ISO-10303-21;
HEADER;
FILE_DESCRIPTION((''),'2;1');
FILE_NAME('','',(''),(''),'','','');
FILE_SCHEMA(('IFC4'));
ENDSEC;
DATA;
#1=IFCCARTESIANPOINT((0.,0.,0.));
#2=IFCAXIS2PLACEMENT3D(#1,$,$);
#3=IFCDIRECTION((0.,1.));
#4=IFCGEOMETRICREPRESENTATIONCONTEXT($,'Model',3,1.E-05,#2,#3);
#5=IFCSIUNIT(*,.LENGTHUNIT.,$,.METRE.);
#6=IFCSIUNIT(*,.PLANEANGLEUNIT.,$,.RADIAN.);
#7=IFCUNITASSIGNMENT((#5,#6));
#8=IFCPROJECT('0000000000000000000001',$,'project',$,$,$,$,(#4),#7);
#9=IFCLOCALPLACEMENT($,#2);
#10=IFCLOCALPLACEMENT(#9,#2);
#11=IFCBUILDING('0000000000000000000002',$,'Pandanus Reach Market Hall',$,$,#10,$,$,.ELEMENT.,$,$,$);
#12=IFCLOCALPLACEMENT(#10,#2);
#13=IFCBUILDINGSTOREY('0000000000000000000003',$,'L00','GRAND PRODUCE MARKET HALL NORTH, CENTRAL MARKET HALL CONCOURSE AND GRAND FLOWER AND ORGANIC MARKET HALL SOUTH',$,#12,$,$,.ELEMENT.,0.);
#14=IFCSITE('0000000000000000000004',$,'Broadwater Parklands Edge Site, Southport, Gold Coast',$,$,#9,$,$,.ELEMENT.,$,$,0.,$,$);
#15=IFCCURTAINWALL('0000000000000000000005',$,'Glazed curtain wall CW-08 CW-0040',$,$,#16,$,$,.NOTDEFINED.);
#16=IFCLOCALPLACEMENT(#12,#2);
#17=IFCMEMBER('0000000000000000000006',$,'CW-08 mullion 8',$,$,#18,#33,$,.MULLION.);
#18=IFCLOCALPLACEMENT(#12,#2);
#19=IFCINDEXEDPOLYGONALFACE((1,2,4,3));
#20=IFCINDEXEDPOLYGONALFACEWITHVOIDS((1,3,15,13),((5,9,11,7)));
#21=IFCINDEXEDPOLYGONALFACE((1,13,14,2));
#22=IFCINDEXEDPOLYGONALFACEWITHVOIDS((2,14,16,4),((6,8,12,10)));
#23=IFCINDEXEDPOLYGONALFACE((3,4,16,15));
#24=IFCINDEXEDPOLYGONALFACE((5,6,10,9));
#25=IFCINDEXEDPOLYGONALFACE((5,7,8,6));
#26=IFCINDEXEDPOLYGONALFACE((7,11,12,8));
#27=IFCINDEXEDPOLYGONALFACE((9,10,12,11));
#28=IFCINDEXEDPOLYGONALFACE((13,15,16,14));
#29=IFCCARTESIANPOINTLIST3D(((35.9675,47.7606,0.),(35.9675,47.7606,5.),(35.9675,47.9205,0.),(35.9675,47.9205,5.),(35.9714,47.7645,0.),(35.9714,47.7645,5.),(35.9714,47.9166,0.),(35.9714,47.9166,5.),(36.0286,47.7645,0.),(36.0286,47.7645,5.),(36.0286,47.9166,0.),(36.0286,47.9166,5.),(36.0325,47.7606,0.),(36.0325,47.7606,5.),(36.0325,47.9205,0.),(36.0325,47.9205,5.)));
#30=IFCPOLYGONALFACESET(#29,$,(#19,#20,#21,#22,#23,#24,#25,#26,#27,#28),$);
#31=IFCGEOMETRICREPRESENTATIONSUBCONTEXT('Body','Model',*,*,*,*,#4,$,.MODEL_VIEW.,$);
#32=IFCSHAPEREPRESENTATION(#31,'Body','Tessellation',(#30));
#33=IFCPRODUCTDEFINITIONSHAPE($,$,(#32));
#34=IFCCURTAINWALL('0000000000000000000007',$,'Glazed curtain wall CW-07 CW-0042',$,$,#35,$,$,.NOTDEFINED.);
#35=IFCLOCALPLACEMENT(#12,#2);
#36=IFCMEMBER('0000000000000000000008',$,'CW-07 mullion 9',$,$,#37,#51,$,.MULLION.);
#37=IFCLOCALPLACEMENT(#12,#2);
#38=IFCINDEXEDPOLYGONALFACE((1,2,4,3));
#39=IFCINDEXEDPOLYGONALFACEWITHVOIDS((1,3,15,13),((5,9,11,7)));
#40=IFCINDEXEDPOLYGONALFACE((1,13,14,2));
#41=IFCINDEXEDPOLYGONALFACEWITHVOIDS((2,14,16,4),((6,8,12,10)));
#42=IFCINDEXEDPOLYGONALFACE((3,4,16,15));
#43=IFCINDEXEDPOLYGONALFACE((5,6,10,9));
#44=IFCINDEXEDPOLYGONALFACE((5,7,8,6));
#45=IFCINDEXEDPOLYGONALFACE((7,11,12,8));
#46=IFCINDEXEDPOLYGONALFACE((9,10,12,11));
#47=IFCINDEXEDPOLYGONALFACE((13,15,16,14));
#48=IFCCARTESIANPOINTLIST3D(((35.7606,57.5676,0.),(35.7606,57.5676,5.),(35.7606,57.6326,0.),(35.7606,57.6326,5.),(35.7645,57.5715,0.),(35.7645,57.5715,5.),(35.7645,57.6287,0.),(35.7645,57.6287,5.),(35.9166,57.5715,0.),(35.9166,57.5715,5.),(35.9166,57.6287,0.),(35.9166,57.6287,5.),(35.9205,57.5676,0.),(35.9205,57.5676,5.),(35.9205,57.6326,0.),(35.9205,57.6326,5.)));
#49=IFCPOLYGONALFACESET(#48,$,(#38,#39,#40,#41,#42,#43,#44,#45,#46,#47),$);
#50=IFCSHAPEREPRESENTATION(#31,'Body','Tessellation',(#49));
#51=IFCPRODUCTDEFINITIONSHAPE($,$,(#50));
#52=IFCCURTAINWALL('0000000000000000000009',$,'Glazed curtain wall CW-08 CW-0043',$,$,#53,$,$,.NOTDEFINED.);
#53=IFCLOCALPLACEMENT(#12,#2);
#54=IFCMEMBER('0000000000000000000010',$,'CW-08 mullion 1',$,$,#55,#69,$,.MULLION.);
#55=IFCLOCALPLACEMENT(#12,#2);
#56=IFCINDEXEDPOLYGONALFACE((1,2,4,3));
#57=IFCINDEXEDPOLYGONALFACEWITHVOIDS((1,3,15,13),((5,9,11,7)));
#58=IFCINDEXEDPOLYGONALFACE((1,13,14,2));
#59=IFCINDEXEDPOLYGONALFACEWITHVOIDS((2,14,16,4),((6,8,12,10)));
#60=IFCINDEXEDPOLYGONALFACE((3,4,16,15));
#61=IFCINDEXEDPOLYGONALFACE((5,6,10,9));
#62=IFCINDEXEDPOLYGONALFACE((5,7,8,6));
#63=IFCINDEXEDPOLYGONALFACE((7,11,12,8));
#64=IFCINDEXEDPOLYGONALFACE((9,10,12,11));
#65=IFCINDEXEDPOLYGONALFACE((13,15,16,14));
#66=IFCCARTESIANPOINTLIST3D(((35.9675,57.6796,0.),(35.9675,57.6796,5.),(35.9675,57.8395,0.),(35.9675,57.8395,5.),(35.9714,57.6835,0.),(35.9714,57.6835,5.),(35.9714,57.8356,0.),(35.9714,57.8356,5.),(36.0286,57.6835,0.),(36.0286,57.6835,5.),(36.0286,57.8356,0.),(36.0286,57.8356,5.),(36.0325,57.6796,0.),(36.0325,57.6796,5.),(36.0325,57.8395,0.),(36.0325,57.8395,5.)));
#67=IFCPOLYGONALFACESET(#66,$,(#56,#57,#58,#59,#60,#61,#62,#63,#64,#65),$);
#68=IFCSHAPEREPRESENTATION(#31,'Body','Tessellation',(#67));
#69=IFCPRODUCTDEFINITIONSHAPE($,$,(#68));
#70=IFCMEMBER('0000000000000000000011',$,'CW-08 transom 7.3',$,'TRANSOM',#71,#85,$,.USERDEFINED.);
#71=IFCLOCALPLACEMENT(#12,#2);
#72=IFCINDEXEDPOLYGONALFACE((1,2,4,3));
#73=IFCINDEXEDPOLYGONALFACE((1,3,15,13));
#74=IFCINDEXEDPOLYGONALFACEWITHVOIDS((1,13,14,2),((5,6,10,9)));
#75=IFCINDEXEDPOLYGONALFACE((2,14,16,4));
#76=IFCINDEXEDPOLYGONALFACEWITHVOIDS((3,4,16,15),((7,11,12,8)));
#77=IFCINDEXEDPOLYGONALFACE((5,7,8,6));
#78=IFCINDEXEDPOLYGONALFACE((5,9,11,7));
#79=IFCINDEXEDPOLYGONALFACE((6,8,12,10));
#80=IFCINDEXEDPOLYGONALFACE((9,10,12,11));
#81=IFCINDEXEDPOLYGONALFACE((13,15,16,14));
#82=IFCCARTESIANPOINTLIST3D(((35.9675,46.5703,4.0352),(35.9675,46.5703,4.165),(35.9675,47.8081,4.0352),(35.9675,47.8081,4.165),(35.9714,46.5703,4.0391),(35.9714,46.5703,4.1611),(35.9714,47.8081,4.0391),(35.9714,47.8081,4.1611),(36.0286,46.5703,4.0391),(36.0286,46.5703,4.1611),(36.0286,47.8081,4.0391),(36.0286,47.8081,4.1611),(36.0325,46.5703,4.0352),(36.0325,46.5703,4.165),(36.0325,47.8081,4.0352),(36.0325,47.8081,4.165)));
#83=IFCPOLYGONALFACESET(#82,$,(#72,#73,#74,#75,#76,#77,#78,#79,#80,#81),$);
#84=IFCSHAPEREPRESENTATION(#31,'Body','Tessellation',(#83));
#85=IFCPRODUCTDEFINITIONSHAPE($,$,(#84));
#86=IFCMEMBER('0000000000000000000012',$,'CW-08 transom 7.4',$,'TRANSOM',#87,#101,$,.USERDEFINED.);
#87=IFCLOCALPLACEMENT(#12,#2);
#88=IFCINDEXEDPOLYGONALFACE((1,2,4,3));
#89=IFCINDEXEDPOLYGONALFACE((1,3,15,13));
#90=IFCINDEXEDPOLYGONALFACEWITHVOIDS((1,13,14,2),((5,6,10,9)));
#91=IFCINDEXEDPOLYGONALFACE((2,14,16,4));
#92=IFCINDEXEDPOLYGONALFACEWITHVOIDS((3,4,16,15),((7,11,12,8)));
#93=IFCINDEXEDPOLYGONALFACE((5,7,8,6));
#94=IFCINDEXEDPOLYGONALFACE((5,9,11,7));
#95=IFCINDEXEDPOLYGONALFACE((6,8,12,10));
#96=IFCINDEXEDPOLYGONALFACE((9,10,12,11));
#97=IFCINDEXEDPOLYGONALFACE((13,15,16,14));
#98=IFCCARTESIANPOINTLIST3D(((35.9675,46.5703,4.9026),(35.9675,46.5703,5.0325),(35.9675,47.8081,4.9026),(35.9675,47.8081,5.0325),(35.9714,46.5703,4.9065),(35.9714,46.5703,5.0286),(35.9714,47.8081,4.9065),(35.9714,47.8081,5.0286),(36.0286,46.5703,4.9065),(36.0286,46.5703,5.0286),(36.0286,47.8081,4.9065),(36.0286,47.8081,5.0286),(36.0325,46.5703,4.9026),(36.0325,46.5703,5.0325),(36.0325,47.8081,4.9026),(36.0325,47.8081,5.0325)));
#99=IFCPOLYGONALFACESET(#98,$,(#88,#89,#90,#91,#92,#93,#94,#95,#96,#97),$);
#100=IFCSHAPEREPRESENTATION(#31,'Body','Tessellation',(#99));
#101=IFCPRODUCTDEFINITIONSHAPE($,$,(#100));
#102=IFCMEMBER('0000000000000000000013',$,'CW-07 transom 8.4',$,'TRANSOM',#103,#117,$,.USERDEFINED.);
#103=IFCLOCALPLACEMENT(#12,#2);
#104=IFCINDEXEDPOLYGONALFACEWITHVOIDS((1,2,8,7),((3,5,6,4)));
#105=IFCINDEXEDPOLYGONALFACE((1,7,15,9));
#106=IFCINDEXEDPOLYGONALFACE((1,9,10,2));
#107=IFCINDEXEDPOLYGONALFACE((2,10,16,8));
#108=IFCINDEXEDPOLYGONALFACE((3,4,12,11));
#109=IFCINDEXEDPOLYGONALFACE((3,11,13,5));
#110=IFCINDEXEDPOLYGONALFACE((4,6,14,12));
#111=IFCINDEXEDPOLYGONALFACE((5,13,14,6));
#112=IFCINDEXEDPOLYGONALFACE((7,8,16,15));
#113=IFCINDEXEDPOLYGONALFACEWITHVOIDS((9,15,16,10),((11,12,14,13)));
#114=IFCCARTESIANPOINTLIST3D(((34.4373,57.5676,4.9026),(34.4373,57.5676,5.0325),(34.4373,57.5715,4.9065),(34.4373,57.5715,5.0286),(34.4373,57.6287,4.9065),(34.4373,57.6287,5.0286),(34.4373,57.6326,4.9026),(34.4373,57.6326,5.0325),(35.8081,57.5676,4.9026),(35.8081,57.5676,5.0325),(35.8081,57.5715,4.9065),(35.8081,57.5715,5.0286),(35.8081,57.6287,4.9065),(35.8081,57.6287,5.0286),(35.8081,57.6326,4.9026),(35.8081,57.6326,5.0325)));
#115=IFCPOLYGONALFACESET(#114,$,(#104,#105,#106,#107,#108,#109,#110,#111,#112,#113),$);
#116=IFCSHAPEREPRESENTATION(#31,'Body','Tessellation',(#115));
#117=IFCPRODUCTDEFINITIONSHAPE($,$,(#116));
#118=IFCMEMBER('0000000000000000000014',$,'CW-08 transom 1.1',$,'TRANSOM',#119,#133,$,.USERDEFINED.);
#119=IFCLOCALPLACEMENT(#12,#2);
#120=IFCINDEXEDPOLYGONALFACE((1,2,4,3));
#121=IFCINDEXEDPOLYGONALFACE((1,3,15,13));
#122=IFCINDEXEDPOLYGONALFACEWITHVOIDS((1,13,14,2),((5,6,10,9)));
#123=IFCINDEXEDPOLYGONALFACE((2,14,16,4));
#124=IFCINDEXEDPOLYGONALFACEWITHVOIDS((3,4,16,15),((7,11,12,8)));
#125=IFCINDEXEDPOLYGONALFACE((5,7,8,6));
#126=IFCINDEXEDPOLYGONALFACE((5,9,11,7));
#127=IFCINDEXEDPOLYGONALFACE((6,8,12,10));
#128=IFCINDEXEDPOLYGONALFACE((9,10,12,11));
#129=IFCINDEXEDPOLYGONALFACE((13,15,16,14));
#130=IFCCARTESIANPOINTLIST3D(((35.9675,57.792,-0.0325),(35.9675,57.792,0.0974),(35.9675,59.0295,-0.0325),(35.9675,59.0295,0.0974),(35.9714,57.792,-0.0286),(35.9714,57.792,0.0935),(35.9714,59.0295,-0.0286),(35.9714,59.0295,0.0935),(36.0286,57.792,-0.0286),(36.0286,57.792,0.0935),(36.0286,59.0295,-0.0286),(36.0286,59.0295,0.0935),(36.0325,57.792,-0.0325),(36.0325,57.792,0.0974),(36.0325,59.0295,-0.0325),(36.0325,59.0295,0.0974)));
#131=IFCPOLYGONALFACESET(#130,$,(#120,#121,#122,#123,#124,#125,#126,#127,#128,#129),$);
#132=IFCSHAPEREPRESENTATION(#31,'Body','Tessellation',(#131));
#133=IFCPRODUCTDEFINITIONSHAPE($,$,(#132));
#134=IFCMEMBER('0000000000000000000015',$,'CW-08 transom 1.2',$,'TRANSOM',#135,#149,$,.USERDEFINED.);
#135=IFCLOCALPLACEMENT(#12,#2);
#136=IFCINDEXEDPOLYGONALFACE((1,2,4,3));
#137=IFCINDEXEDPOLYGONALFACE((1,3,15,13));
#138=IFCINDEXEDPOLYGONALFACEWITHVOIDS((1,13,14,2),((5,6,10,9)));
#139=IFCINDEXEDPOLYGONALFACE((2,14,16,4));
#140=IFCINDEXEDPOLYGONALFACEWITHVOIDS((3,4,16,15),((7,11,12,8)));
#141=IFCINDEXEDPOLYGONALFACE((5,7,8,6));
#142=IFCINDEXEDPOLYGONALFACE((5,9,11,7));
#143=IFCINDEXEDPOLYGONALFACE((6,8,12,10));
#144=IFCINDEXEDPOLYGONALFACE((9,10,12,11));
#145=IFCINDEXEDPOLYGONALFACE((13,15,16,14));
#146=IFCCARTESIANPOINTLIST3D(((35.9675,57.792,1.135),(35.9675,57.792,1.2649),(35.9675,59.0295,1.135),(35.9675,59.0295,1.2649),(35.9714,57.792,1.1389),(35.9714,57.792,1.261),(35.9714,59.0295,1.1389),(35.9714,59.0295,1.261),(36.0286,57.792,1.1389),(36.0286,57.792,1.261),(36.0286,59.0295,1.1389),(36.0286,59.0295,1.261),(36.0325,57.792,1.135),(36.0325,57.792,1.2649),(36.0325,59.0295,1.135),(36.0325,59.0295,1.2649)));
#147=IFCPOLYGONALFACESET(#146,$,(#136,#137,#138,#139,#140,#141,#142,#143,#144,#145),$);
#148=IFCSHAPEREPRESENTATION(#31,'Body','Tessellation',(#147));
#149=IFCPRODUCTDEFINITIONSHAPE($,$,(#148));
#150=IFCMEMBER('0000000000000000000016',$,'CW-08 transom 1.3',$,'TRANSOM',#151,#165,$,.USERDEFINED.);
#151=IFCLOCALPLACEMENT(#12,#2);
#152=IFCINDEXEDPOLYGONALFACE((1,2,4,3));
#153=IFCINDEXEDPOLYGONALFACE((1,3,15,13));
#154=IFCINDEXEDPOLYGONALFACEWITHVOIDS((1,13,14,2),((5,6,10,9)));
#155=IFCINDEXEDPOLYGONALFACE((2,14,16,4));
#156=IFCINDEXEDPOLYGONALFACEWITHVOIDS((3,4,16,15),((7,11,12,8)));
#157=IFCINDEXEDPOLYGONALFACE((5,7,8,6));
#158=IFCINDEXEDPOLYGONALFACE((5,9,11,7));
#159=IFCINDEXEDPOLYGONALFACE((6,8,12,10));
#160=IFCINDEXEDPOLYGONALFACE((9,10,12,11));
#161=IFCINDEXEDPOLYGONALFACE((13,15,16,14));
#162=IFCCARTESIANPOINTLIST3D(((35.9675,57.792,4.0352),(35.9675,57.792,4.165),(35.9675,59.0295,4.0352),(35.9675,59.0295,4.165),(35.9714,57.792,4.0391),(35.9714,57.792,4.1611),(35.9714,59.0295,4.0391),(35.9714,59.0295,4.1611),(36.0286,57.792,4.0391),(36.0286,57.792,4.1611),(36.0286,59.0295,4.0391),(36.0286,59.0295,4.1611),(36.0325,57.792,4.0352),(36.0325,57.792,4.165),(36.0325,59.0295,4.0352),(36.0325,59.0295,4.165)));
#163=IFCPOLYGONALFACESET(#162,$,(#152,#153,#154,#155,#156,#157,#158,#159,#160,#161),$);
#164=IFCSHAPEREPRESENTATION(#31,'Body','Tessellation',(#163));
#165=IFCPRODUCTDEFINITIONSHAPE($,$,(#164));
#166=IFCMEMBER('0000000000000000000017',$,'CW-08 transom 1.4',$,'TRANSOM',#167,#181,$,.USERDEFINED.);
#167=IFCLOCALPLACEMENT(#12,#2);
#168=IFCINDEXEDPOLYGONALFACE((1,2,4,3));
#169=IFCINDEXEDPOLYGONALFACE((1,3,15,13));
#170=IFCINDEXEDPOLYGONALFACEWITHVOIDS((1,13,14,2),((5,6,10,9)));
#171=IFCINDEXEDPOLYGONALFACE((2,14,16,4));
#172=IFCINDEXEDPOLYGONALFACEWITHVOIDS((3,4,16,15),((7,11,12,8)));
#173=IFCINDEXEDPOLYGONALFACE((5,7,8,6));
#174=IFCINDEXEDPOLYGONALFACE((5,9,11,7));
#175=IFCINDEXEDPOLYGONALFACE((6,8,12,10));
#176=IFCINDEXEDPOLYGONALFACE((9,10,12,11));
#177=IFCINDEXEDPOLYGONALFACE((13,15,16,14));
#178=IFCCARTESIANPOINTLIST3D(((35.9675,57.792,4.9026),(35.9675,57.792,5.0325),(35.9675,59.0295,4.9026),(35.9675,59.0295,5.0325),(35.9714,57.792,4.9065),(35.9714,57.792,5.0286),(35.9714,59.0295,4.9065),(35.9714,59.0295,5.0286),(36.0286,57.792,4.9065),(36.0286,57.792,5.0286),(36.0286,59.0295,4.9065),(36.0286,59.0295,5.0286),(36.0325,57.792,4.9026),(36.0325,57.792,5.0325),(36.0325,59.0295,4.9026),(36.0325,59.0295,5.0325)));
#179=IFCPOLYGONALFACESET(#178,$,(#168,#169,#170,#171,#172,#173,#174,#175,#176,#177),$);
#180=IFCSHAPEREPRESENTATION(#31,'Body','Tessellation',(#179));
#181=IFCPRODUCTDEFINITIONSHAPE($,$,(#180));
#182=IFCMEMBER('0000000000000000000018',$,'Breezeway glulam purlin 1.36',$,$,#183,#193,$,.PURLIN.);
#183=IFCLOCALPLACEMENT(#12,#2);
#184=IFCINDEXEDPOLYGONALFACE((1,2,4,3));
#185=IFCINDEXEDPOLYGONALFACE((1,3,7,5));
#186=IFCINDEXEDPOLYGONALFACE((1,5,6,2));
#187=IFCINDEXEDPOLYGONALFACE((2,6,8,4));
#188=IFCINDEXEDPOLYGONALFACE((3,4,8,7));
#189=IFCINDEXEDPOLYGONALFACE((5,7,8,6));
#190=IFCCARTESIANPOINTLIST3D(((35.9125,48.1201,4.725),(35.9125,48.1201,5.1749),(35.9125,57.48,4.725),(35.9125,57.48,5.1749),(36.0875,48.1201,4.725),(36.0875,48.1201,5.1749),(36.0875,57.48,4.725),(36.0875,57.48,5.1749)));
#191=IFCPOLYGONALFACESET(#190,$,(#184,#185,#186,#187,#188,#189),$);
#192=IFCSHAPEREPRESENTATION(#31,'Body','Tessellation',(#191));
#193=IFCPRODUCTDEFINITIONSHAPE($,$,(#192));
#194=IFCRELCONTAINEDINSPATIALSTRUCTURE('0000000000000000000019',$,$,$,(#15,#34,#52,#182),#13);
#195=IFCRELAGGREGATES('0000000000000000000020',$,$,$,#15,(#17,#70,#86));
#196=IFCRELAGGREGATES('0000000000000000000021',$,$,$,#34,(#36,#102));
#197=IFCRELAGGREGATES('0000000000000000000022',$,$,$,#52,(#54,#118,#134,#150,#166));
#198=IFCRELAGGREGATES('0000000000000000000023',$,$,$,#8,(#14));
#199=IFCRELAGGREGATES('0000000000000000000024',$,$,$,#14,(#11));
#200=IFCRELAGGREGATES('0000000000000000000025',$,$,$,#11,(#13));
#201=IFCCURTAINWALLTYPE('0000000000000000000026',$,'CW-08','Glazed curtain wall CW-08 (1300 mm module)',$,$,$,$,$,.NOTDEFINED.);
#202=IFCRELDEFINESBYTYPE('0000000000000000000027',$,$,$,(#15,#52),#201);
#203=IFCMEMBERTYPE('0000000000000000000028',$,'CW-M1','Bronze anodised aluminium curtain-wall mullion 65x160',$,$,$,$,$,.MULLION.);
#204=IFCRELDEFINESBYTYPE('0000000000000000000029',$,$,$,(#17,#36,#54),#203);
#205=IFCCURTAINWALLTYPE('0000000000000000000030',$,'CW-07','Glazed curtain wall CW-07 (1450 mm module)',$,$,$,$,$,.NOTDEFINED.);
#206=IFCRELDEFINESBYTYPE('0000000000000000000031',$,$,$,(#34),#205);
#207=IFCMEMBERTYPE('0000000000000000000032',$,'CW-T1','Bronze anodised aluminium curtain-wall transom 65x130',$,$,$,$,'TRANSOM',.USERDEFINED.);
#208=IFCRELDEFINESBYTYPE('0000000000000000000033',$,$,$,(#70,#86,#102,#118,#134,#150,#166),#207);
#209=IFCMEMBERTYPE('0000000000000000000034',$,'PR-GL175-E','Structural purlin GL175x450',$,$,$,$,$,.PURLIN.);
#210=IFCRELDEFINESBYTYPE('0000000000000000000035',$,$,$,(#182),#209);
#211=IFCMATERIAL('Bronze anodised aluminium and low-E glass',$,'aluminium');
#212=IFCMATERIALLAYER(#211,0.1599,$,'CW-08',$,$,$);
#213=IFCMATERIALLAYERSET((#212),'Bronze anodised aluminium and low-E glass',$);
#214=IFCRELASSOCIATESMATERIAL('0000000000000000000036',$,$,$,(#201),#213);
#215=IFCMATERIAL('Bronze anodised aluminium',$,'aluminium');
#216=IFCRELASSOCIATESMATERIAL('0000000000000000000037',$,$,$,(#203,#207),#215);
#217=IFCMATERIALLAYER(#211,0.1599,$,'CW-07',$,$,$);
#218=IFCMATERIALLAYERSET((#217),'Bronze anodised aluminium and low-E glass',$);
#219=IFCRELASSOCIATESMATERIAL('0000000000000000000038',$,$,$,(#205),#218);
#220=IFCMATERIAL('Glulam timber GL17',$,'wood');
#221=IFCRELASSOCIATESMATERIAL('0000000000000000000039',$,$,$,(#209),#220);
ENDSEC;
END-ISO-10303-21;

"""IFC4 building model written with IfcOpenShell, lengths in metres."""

from ifc_helpers import new_model, si_unit, direction, frame, origin, origin_2d, place, context, subcontext, project, spatial, rectangle, hollow_rectangle, extrude, material, layer, layer_set, material_profile, profile_set, type_object, element, aggregate, save


model = new_model("IFC4")

# Units and contexts
model_context = context("Model", 3, precision=1e-05, world=origin(), true_north=direction((0.0, 1.0)))
body_context = subcontext(model_context, "Body", "Model", "MODEL_VIEW")
ifc_project = project(units=[si_unit("LENGTHUNIT", "METRE"), si_unit("PLANEANGLEUNIT", "RADIAN")], contexts=[model_context])

# Site, building, storey
site_placement = place(None, origin())
site = spatial("IfcSite", under=ifc_project, at=site_placement, Name="Broadwater Parklands Edge Site, Southport, Gold Coast", CompositionType="ELEMENT", RefElevation=0.0)
building_placement = place(site_placement, origin())
building = spatial("IfcBuilding", under=site, at=building_placement, Name="Pandanus Reach Market Hall", CompositionType="ELEMENT")
storey_placement = place(building_placement, origin())
storey = spatial("IfcBuildingStorey", under=building, at=storey_placement, Name="L00", Description="GRAND PRODUCE MARKET HALL NORTH, CENTRAL MARKET HALL CONCOURSE AND GRAND FLOWER AND ORGANIC MARKET HALL SOUTH", CompositionType="ELEMENT", Elevation=0.0)

# Curtain walls, members
ifc_material_1 = material(Name="Bronze anodised aluminium and low-E glass", Category="aluminium")
ifc_layer_1 = layer(ifc_material_1, 0.1599, Name="CW-08")
ifc_layer_set_1 = layer_set([ifc_layer_1], Name="Bronze anodised aluminium and low-E glass")
curtain_wall_type_1 = type_object("IfcCurtainWallType", Name="CW-08", Description="Glazed curtain wall CW-08 (1300 mm module)", PredefinedType="NOTDEFINED", material=ifc_layer_set_1)
curtain_wall_1_placement = place(storey_placement, origin())
curtain_wall_1 = element("IfcCurtainWall", 1, at=curtain_wall_1_placement, inside=storey, type_object=curtain_wall_type_1, Name="Glazed curtain wall CW-08 CW-0040", PredefinedType="NOTDEFINED")
ifc_material_2 = material(Name="Bronze anodised aluminium", Category="aluminium")
ifc_material_profile_1 = material_profile(ifc_material_2, hollow_rectangle(XDim=0.0649, YDim=0.1599, WallThickness=0.0039, at=origin_2d()), Name="ALU65x160", Category="LoadBearing")
ifc_profile_set_1 = profile_set([ifc_material_profile_1], Name="Bronze anodised aluminium")
member_type_1 = type_object("IfcMemberType", Name="CW-M1", Description="Bronze anodised aluminium curtain-wall mullion 65x160", PredefinedType="MULLION", material=ifc_profile_set_1)
member_1_placement = place(storey_placement, frame((36.0, 47.8406, 0.0), z_axis=(0.0, 0.0, 1.0), x_axis=(-1.0, 0.0, 0.0)))
member_1 = element("IfcMember", 2, at=member_1_placement, type_object=member_type_1, Name="CW-08 mullion 8", PredefinedType="MULLION", context=body_context, shape_type="SweptSolid", body=[
    extrude(hollow_rectangle(XDim=0.0649, YDim=0.1599, WallThickness=0.0039, at=origin_2d()), origin(), (0.0, 0.0, 1.0), 5.0),
])
ifc_layer_2 = layer(ifc_material_1, 0.1599, Name="CW-07")
ifc_layer_set_2 = layer_set([ifc_layer_2], Name="Bronze anodised aluminium and low-E glass")
curtain_wall_type_2 = type_object("IfcCurtainWallType", Name="CW-07", Description="Glazed curtain wall CW-07 (1450 mm module)", PredefinedType="NOTDEFINED", material=ifc_layer_set_2)
curtain_wall_2_placement = place(storey_placement, origin())
curtain_wall_2 = element("IfcCurtainWall", 3, at=curtain_wall_2_placement, inside=storey, type_object=curtain_wall_type_2, Name="Glazed curtain wall CW-07 CW-0042", PredefinedType="NOTDEFINED")
member_2_placement = place(storey_placement, frame((35.8406, 57.6001, 0.0), z_axis=(0.0, 0.0, 1.0), x_axis=(0.0, 1.0, 0.0)))
member_2 = element("IfcMember", 4, at=member_2_placement, type_object=member_type_1, Name="CW-07 mullion 9", PredefinedType="MULLION", context=body_context, shape_type="SweptSolid", body=[
    extrude(hollow_rectangle(XDim=0.0649, YDim=0.1599, WallThickness=0.0039, at=origin_2d()), origin(), (0.0, 0.0, 1.0), 5.0),
])
curtain_wall_3_placement = place(storey_placement, origin())
curtain_wall_3 = element("IfcCurtainWall", 5, at=curtain_wall_3_placement, inside=storey, type_object=curtain_wall_type_1, Name="Glazed curtain wall CW-08 CW-0043", PredefinedType="NOTDEFINED")
member_3_placement = place(storey_placement, frame((36.0, 57.7595, 0.0), z_axis=(0.0, 0.0, 1.0), x_axis=(-1.0, 0.0, 0.0)))
member_3 = element("IfcMember", 6, at=member_3_placement, type_object=member_type_1, Name="CW-08 mullion 1", PredefinedType="MULLION", context=body_context, shape_type="SweptSolid", body=[
    extrude(hollow_rectangle(XDim=0.0649, YDim=0.1599, WallThickness=0.0039, at=origin_2d()), origin(), (0.0, 0.0, 1.0), 5.0),
])

# Members
ifc_material_profile_2 = material_profile(ifc_material_2, hollow_rectangle(XDim=0.0649, YDim=0.1299, WallThickness=0.0039, at=origin_2d()), Name="ALU65x130", Category="LoadBearing")
ifc_profile_set_2 = profile_set([ifc_material_profile_2], Name="Bronze anodised aluminium")
member_type_2 = type_object("IfcMemberType", Name="CW-T1", Description="Bronze anodised aluminium curtain-wall transom 65x130", ElementType="TRANSOM", PredefinedType="USERDEFINED", material=ifc_profile_set_2)
member_4_placement = place(storey_placement, frame((36.0, 46.5703, 4.1001), z_axis=(0.0, 1.0, 0.0), x_axis=(-1.0, 0.0, 0.0)))
member_4 = element("IfcMember", 7, at=member_4_placement, type_object=member_type_2, Name="CW-08 transom 7.3", ObjectType="TRANSOM", PredefinedType="USERDEFINED", context=body_context, shape_type="SweptSolid", body=[
    extrude(hollow_rectangle(XDim=0.0649, YDim=0.1299, WallThickness=0.0039, at=origin_2d()), origin(), (0.0, 0.0, 1.0), 1.2378),
])
member_5_placement = place(storey_placement, frame((36.0, 46.5703, 4.9675), z_axis=(0.0, 1.0, 0.0), x_axis=(-1.0, 0.0, 0.0)))
member_5 = element("IfcMember", 8, at=member_5_placement, type_object=member_type_2, Name="CW-08 transom 7.4", ObjectType="TRANSOM", PredefinedType="USERDEFINED", context=body_context, shape_type="SweptSolid", body=[
    extrude(hollow_rectangle(XDim=0.0649, YDim=0.1299, WallThickness=0.0039, at=origin_2d()), origin(), (0.0, 0.0, 1.0), 1.2378),
])
member_6_placement = place(storey_placement, frame((34.4373, 57.6001, 4.9675), z_axis=(1.0, 0.0, 0.0), x_axis=(0.0, 1.0, 0.0)))
member_6 = element("IfcMember", 9, at=member_6_placement, type_object=member_type_2, Name="CW-07 transom 8.4", ObjectType="TRANSOM", PredefinedType="USERDEFINED", context=body_context, shape_type="SweptSolid", body=[
    extrude(hollow_rectangle(XDim=0.0649, YDim=0.1299, WallThickness=0.0039, at=origin_2d()), origin(), (0.0, 0.0, 1.0), 1.3708),
])
member_7_placement = place(storey_placement, frame((36.0, 57.792, 0.0325), z_axis=(0.0, 1.0, 0.0), x_axis=(-1.0, 0.0, 0.0)))
member_7 = element("IfcMember", 10, at=member_7_placement, type_object=member_type_2, Name="CW-08 transom 1.1", ObjectType="TRANSOM", PredefinedType="USERDEFINED", context=body_context, shape_type="SweptSolid", body=[
    extrude(hollow_rectangle(XDim=0.0649, YDim=0.1299, WallThickness=0.0039, at=origin_2d()), origin(), (0.0, 0.0, 1.0), 1.2375),
])
member_8_placement = place(storey_placement, frame((36.0, 57.792, 1.2), z_axis=(0.0, 1.0, 0.0), x_axis=(-1.0, 0.0, 0.0)))
member_8 = element("IfcMember", 11, at=member_8_placement, type_object=member_type_2, Name="CW-08 transom 1.2", ObjectType="TRANSOM", PredefinedType="USERDEFINED", context=body_context, shape_type="SweptSolid", body=[
    extrude(hollow_rectangle(XDim=0.0649, YDim=0.1299, WallThickness=0.0039, at=origin_2d()), origin(), (0.0, 0.0, 1.0), 1.2375),
])
member_9_placement = place(storey_placement, frame((36.0, 57.792, 4.1001), z_axis=(0.0, 1.0, 0.0), x_axis=(-1.0, 0.0, 0.0)))
member_9 = element("IfcMember", 12, at=member_9_placement, type_object=member_type_2, Name="CW-08 transom 1.3", ObjectType="TRANSOM", PredefinedType="USERDEFINED", context=body_context, shape_type="SweptSolid", body=[
    extrude(hollow_rectangle(XDim=0.0649, YDim=0.1299, WallThickness=0.0039, at=origin_2d()), origin(), (0.0, 0.0, 1.0), 1.2375),
])
member_10_placement = place(storey_placement, frame((36.0, 57.792, 4.9675), z_axis=(0.0, 1.0, 0.0), x_axis=(-1.0, 0.0, 0.0)))
member_10 = element("IfcMember", 13, at=member_10_placement, type_object=member_type_2, Name="CW-08 transom 1.4", ObjectType="TRANSOM", PredefinedType="USERDEFINED", context=body_context, shape_type="SweptSolid", body=[
    extrude(hollow_rectangle(XDim=0.0649, YDim=0.1299, WallThickness=0.0039, at=origin_2d()), origin(), (0.0, 0.0, 1.0), 1.2375),
])
ifc_material_3 = material(Name="Glulam timber GL17", Category="wood")
ifc_material_profile_3 = material_profile(ifc_material_3, rectangle(XDim=0.175, YDim=0.45, at=origin_2d()), Name="GL175x450", Category="LoadBearing")
ifc_profile_set_3 = profile_set([ifc_material_profile_3], Name="Glulam timber GL17")
member_type_3 = type_object("IfcMemberType", Name="PR-GL175-E", Description="Structural purlin GL175x450", PredefinedType="PURLIN", material=ifc_profile_set_3)
member_11_placement = place(storey_placement, frame((36.0, 48.1201, 4.95), z_axis=(0.0, 1.0, 0.0), x_axis=(-1.0, 0.0, 0.0)))
element("IfcMember", 14, at=member_11_placement, inside=storey, type_object=member_type_3, Name="Breezeway glulam purlin 1.36", PredefinedType="PURLIN", context=body_context, shape_type="SweptSolid", body=[
    extrude(rectangle(XDim=0.175, YDim=0.45, at=origin_2d()), origin(), (0.0, 0.0, 1.0), 9.3599),
])

aggregate(curtain_wall_1, [member_1, member_4, member_5])
aggregate(curtain_wall_2, [member_2, member_6])
aggregate(curtain_wall_3, [member_3, member_7, member_8, member_9, member_10])

save(model, "model.ifc")
